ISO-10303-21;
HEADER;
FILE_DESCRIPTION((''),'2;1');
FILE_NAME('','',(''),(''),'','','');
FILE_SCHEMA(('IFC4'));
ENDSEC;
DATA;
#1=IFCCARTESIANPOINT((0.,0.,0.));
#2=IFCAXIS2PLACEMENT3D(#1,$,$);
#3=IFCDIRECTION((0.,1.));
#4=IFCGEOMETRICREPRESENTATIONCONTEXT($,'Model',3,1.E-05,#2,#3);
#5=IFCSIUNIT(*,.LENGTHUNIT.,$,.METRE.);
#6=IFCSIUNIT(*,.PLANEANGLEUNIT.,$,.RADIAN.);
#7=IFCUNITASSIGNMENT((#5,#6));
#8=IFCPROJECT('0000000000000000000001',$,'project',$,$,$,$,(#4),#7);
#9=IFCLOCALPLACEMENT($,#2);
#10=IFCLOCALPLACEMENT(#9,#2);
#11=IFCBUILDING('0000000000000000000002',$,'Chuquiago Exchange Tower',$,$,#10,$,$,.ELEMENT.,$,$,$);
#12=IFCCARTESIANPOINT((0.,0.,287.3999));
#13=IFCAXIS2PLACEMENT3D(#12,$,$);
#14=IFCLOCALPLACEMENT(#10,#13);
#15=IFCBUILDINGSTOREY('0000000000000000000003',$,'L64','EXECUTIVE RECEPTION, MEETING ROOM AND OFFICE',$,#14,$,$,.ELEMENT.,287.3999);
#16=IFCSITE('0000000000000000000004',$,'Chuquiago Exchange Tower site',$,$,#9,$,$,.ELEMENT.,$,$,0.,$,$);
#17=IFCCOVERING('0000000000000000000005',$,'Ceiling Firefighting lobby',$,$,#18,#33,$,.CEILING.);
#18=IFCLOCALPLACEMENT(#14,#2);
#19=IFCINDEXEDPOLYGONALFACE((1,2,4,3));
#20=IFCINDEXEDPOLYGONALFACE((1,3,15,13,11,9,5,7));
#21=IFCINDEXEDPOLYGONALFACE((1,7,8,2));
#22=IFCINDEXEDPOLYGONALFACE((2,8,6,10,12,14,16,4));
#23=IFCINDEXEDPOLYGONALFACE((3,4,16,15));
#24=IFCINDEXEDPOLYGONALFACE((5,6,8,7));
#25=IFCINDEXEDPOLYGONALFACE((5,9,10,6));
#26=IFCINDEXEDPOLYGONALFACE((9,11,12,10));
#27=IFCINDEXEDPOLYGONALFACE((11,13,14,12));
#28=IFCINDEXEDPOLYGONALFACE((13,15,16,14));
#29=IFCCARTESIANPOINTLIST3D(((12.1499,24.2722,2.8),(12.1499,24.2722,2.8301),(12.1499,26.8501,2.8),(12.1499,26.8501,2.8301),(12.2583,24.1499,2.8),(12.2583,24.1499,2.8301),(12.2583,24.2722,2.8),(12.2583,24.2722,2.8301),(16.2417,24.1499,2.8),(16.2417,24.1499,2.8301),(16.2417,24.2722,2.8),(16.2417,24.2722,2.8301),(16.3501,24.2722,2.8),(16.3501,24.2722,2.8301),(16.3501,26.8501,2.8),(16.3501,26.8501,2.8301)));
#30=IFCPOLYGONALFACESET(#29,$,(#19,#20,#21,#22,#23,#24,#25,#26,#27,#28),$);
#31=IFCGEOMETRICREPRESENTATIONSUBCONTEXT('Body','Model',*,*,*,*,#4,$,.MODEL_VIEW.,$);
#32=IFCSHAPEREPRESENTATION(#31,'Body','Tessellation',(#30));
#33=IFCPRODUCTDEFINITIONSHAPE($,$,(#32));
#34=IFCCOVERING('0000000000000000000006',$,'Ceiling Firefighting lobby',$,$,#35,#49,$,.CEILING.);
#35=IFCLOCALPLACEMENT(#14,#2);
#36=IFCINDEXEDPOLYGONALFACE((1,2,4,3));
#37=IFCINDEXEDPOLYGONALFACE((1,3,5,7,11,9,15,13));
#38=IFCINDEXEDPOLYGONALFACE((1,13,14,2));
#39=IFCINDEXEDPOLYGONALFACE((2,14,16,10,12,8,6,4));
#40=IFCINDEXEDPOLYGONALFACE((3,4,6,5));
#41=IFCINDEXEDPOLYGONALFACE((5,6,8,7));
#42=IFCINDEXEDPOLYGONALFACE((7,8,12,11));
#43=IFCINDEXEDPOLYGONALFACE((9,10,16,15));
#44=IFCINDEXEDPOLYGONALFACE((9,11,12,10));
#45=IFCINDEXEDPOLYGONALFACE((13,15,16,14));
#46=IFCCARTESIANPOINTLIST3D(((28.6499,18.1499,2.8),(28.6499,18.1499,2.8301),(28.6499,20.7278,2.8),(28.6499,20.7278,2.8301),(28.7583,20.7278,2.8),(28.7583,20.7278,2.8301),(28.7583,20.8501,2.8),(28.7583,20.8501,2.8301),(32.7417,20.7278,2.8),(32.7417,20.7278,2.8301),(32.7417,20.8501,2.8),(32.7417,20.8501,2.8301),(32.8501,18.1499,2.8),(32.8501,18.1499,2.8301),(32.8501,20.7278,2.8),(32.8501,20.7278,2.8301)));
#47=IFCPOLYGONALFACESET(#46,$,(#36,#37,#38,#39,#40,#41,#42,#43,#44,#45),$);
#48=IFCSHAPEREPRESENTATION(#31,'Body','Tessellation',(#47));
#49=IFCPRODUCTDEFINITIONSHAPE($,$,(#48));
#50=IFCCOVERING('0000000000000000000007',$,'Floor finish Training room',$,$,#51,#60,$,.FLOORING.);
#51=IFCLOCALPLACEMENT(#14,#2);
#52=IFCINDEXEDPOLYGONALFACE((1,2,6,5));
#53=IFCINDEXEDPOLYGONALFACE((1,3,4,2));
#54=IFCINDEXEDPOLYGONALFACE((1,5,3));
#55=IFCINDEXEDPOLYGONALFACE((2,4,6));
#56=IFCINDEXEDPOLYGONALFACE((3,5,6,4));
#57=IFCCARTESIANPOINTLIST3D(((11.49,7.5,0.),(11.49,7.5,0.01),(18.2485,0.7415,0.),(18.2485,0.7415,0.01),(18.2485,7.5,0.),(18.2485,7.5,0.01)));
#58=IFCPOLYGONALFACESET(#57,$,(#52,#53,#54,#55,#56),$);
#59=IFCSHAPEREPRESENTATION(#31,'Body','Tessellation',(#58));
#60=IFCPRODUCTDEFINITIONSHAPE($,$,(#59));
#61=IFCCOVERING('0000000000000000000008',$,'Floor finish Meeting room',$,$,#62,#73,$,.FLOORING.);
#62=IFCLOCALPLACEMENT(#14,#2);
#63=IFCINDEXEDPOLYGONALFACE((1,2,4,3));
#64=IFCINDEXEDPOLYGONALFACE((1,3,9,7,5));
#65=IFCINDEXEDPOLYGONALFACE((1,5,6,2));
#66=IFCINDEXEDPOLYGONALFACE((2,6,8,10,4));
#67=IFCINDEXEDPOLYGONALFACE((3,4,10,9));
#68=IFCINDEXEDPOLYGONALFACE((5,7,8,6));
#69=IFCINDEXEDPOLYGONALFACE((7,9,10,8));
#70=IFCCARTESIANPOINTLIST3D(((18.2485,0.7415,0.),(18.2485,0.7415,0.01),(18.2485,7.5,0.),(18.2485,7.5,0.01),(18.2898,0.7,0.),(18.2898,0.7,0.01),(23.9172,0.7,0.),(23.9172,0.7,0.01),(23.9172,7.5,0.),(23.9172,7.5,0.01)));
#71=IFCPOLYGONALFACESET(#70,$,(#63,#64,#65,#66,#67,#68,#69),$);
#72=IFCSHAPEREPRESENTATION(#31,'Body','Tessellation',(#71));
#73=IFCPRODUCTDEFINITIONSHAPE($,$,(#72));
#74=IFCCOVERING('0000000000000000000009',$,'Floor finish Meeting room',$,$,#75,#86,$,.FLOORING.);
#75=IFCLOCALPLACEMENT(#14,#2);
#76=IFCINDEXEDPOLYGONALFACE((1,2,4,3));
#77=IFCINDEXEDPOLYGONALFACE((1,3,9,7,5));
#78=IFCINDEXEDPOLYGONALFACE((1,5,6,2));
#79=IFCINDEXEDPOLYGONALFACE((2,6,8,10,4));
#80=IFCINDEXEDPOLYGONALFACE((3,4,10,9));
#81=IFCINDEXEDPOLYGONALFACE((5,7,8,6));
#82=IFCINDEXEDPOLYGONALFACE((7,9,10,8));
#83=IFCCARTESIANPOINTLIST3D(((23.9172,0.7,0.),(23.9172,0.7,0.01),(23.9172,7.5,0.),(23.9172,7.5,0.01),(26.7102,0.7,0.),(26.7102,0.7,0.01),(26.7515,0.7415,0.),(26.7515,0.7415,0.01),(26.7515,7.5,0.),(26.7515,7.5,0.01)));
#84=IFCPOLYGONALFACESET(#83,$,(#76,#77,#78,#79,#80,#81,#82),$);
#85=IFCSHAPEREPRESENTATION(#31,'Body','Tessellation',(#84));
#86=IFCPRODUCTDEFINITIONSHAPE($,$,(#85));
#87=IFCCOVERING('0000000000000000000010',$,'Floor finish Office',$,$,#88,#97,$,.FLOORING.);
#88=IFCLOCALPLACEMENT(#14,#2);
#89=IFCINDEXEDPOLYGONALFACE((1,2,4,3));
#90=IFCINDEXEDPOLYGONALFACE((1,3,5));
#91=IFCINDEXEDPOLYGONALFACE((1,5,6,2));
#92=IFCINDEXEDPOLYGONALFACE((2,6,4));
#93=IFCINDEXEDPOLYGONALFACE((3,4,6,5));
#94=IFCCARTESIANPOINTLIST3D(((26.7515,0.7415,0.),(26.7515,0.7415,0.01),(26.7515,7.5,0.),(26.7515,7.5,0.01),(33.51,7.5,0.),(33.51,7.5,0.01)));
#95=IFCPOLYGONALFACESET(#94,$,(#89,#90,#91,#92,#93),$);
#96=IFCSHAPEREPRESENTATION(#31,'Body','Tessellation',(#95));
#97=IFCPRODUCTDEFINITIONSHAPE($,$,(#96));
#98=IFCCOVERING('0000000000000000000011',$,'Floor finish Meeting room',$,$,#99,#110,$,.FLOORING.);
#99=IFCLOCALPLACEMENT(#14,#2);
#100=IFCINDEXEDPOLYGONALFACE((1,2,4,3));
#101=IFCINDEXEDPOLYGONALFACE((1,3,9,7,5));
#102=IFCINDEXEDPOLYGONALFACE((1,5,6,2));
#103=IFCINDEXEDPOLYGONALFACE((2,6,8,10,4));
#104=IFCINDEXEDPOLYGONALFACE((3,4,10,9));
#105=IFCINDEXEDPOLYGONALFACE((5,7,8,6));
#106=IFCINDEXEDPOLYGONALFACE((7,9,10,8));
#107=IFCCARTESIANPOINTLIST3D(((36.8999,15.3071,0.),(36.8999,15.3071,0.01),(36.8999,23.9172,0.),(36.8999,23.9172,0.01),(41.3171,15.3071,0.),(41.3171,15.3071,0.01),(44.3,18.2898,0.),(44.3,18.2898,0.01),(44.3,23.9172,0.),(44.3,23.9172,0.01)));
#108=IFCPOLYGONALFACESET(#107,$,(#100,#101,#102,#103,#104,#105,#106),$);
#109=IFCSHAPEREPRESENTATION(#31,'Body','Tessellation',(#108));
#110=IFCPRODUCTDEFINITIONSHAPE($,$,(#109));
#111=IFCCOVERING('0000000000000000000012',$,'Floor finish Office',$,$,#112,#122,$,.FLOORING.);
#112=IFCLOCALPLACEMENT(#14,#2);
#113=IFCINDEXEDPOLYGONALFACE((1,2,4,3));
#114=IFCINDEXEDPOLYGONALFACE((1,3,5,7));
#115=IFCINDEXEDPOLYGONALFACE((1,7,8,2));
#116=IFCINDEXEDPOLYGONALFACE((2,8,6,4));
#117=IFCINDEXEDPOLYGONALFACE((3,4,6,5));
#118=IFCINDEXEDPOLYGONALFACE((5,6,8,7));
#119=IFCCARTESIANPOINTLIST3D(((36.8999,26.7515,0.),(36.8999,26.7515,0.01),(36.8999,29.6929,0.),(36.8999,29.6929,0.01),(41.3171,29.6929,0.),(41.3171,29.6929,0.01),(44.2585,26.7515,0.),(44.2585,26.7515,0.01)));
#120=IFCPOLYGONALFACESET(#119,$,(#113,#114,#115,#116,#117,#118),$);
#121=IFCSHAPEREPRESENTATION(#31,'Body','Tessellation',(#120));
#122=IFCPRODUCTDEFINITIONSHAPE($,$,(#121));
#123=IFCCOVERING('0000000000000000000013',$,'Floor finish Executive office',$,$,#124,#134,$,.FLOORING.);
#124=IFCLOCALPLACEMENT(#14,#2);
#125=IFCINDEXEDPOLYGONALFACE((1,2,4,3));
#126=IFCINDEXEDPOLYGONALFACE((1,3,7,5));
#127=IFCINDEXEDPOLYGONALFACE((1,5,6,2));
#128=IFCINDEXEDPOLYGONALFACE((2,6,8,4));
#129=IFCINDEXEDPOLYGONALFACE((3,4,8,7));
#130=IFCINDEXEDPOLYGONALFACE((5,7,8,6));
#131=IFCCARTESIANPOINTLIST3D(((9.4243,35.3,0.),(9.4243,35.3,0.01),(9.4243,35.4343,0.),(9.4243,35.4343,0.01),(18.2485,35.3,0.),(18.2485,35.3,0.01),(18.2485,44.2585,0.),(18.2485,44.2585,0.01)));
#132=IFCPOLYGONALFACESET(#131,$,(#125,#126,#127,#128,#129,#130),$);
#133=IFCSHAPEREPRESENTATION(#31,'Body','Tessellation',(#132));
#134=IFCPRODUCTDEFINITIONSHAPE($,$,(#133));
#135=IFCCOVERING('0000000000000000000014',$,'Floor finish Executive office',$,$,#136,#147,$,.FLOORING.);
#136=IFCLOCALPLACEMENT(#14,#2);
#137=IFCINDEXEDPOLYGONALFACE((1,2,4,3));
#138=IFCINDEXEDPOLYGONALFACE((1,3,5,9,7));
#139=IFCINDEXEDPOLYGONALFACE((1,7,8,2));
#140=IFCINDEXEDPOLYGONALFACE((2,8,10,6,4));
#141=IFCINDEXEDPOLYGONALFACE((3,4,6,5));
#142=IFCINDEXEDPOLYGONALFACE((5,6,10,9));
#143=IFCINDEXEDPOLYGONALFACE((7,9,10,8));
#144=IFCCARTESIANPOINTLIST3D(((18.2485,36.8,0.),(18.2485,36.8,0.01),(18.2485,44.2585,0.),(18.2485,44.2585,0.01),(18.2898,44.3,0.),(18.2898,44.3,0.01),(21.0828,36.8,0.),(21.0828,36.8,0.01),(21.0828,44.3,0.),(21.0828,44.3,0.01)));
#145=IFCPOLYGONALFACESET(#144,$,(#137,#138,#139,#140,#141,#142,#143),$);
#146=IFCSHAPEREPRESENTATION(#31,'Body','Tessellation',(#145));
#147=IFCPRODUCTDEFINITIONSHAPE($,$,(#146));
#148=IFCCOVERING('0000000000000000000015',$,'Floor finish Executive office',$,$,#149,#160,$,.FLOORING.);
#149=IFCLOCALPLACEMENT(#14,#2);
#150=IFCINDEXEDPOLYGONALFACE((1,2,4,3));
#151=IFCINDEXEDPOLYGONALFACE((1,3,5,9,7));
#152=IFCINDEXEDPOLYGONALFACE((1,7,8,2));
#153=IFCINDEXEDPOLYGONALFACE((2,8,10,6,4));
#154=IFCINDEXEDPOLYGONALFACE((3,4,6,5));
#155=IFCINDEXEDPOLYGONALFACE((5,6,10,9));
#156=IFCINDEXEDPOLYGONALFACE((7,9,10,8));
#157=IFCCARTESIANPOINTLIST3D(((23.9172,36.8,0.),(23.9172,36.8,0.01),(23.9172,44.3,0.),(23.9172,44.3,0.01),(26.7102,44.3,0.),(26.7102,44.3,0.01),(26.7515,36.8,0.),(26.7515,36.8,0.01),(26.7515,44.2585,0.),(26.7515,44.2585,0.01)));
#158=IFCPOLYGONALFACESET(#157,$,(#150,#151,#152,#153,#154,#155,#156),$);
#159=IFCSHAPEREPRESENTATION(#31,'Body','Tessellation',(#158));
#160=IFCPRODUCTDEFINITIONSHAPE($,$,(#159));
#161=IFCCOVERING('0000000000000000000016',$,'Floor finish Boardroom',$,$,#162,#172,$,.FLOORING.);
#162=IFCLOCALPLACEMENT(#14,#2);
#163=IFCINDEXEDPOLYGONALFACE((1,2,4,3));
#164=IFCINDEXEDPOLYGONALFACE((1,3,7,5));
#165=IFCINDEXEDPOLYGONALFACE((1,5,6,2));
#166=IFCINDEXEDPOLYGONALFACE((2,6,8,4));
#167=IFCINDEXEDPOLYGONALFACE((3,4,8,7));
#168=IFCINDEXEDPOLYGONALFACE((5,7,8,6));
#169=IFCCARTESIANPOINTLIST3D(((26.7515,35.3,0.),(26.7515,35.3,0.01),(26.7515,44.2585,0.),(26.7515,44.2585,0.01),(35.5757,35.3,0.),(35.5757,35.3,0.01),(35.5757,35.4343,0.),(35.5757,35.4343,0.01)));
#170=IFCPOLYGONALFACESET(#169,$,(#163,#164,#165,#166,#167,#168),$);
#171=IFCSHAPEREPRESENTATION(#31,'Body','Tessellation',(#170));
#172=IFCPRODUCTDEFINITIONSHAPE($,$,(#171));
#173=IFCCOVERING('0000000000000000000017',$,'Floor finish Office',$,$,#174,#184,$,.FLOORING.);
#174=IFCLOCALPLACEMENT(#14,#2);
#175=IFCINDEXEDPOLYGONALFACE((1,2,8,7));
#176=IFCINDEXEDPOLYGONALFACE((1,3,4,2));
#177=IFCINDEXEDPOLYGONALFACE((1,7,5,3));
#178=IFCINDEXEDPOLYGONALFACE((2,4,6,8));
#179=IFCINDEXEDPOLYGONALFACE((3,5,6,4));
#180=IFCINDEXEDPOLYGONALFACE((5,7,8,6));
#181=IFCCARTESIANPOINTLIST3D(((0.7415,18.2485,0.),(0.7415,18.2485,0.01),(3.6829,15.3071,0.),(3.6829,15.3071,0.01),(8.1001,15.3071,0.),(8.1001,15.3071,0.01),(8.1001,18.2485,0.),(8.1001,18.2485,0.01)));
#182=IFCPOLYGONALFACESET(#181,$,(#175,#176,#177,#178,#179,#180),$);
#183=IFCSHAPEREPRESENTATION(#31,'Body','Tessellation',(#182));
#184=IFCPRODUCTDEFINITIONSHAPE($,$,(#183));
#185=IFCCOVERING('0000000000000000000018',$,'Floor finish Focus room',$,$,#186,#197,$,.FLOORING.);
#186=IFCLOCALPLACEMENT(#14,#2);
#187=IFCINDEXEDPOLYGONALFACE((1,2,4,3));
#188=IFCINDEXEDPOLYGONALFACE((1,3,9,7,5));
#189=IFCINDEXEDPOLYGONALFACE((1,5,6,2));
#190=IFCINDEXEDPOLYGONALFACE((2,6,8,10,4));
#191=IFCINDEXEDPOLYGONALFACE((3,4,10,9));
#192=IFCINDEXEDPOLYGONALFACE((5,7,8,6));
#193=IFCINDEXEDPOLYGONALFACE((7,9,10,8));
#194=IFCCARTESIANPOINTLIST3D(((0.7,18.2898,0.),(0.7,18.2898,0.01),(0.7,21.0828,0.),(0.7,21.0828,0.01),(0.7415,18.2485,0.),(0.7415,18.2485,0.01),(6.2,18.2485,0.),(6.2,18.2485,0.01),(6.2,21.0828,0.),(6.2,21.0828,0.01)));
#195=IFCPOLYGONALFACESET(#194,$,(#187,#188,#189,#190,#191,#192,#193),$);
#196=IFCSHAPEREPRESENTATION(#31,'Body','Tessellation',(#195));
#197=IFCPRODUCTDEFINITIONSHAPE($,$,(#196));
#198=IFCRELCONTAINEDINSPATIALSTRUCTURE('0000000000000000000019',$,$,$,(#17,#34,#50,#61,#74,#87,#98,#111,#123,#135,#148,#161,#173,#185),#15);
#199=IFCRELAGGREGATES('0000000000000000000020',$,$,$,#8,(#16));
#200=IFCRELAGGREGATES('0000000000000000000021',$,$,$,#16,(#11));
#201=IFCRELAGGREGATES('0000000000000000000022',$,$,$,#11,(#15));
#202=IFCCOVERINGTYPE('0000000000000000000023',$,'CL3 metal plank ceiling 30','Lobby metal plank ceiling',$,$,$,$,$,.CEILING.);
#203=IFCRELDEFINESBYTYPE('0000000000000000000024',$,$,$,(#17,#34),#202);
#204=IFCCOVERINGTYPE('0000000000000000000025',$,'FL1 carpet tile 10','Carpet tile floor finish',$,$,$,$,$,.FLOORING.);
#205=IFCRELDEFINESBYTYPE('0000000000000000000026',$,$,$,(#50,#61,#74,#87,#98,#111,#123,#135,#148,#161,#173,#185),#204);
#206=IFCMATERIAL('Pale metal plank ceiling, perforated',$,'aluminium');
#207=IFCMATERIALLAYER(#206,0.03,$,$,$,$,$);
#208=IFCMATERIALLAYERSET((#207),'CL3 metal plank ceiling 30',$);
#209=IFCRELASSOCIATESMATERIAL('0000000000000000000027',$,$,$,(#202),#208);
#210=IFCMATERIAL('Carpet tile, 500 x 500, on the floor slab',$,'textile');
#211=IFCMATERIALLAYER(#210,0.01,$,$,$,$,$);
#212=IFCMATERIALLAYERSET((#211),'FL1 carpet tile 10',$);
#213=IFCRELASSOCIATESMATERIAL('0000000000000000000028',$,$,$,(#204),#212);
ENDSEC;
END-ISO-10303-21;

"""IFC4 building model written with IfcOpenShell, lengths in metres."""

from ifc_helpers import new_model, si_unit, direction, frame, origin, place, context, subcontext, project, spatial, polyline, outline, extrude, material, layer, layer_set, type_object, element, save


model = new_model("IFC4")

# Units and contexts
model_context = context("Model", 3, precision=1e-05, world=origin(), true_north=direction((0.0, 1.0)))
body_context = subcontext(model_context, "Body", "Model", "MODEL_VIEW")
ifc_project = project(units=[si_unit("LENGTHUNIT", "METRE"), si_unit("PLANEANGLEUNIT", "RADIAN")], contexts=[model_context])

# Site, building, storey
site_placement = place(None, origin())
site = spatial("IfcSite", under=ifc_project, at=site_placement, Name="Chuquiago Exchange Tower site", CompositionType="ELEMENT", RefElevation=0.0)
building_placement = place(site_placement, origin())
building = spatial("IfcBuilding", under=site, at=building_placement, Name="Chuquiago Exchange Tower", CompositionType="ELEMENT")
storey_placement = place(building_placement, frame((0.0, 0.0, 287.3999)))
storey = spatial("IfcBuildingStorey", under=building, at=storey_placement, Name="L64", Description="EXECUTIVE RECEPTION, MEETING ROOM AND OFFICE", CompositionType="ELEMENT", Elevation=287.3999)

# Coverings
ifc_material_1 = material(Name="Pale metal plank ceiling, perforated", Category="aluminium")
ifc_layer_1 = layer(ifc_material_1, 0.03)
ifc_layer_set_1 = layer_set([ifc_layer_1], Name="CL3 metal plank ceiling 30")
covering_type_1 = type_object("IfcCoveringType", Name="CL3 metal plank ceiling 30", Description="Lobby metal plank ceiling", PredefinedType="CEILING", material=ifc_layer_set_1)
covering_1_placement = place(storey_placement, frame((0.0, 0.0, 2.8)))
element("IfcCovering", 1, at=covering_1_placement, inside=storey, type_object=covering_type_1, Name="Ceiling Firefighting lobby", PredefinedType="CEILING", context=body_context, shape_type="SweptSolid", body=[
    extrude(outline(polyline([(12.2583, 24.1499), (12.2583, 24.2722), (12.1499, 24.2722), (12.1499, 26.8501), (16.3501, 26.8501), (16.3501, 24.2722), (16.2417, 24.2722), (16.2417, 24.1499), (12.2583, 24.1499)])), origin(), (0.0, 0.0, 1.0), 0.03),
])
covering_2_placement = place(storey_placement, frame((0.0, 0.0, 2.8)))
element("IfcCovering", 2, at=covering_2_placement, inside=storey, type_object=covering_type_1, Name="Ceiling Firefighting lobby", PredefinedType="CEILING", context=body_context, shape_type="SweptSolid", body=[
    extrude(outline(polyline([(28.6499, 18.1499), (28.6499, 20.7278), (28.7583, 20.7278), (28.7583, 20.8501), (32.7417, 20.8501), (32.7417, 20.7278), (32.8501, 20.7278), (32.8501, 18.1499), (28.6499, 18.1499)])), origin(), (0.0, 0.0, 1.0), 0.03),
])
ifc_material_2 = material(Name="Carpet tile, 500 x 500, on the floor slab", Category="textile")
ifc_layer_2 = layer(ifc_material_2, 0.01)
ifc_layer_set_2 = layer_set([ifc_layer_2], Name="FL1 carpet tile 10")
covering_type_2 = type_object("IfcCoveringType", Name="FL1 carpet tile 10", Description="Carpet tile floor finish", PredefinedType="FLOORING", material=ifc_layer_set_2)
covering_3_placement = place(storey_placement, origin())
element("IfcCovering", 3, at=covering_3_placement, inside=storey, type_object=covering_type_2, Name="Floor finish Training room", PredefinedType="FLOORING", context=body_context, shape_type="SweptSolid", body=[
    extrude(outline(polyline([(11.49, 7.5), (18.2485, 7.5), (18.2485, 0.7415), (11.49, 7.5)])), origin(), (0.0, 0.0, 1.0), 0.01),
])
covering_4_placement = place(storey_placement, origin())
element("IfcCovering", 4, at=covering_4_placement, inside=storey, type_object=covering_type_2, Name="Floor finish Meeting room", PredefinedType="FLOORING", context=body_context, shape_type="SweptSolid", body=[
    extrude(outline(polyline([(18.2898, 0.7), (18.2485, 0.7415), (18.2485, 7.5), (23.9172, 7.5), (23.9172, 0.7), (18.2898, 0.7)])), origin(), (0.0, 0.0, 1.0), 0.01),
])
covering_5_placement = place(storey_placement, origin())
element("IfcCovering", 5, at=covering_5_placement, inside=storey, type_object=covering_type_2, Name="Floor finish Meeting room", PredefinedType="FLOORING", context=body_context, shape_type="SweptSolid", body=[
    extrude(outline(polyline([(26.7102, 0.7), (23.9172, 0.7), (23.9172, 7.5), (26.7515, 7.5), (26.7515, 0.7415), (26.7102, 0.7)])), origin(), (0.0, 0.0, 1.0), 0.01),
])
covering_6_placement = place(storey_placement, origin())
element("IfcCovering", 6, at=covering_6_placement, inside=storey, type_object=covering_type_2, Name="Floor finish Office", PredefinedType="FLOORING", context=body_context, shape_type="SweptSolid", body=[
    extrude(outline(polyline([(26.7515, 0.7415), (26.7515, 7.5), (33.51, 7.5), (26.7515, 0.7415)])), origin(), (0.0, 0.0, 1.0), 0.01),
])
covering_7_placement = place(storey_placement, origin())
element("IfcCovering", 7, at=covering_7_placement, inside=storey, type_object=covering_type_2, Name="Floor finish Meeting room", PredefinedType="FLOORING", context=body_context, shape_type="SweptSolid", body=[
    extrude(outline(polyline([(44.3, 18.2898), (41.3171, 15.3071), (36.8999, 15.3071), (36.8999, 23.9172), (44.3, 23.9172), (44.3, 18.2898)])), origin(), (0.0, 0.0, 1.0), 0.01),
])
covering_8_placement = place(storey_placement, origin())
element("IfcCovering", 8, at=covering_8_placement, inside=storey, type_object=covering_type_2, Name="Floor finish Office", PredefinedType="FLOORING", context=body_context, shape_type="SweptSolid", body=[
    extrude(outline(polyline([(44.2585, 26.7515), (36.8999, 26.7515), (36.8999, 29.6929), (41.3171, 29.6929), (44.2585, 26.7515)])), origin(), (0.0, 0.0, 1.0), 0.01),
])
covering_9_placement = place(storey_placement, origin())
element("IfcCovering", 9, at=covering_9_placement, inside=storey, type_object=covering_type_2, Name="Floor finish Executive office", PredefinedType="FLOORING", context=body_context, shape_type="SweptSolid", body=[
    extrude(outline(polyline([(18.2485, 44.2585), (18.2485, 35.3), (9.4243, 35.3), (9.4243, 35.4343), (18.2485, 44.2585)])), origin(), (0.0, 0.0, 1.0), 0.01),
])
covering_10_placement = place(storey_placement, origin())
element("IfcCovering", 10, at=covering_10_placement, inside=storey, type_object=covering_type_2, Name="Floor finish Executive office", PredefinedType="FLOORING", context=body_context, shape_type="SweptSolid", body=[
    extrude(outline(polyline([(18.2898, 44.3), (21.0828, 44.3), (21.0828, 36.8), (18.2485, 36.8), (18.2485, 44.2585), (18.2898, 44.3)])), origin(), (0.0, 0.0, 1.0), 0.01),
])
covering_11_placement = place(storey_placement, origin())
element("IfcCovering", 11, at=covering_11_placement, inside=storey, type_object=covering_type_2, Name="Floor finish Executive office", PredefinedType="FLOORING", context=body_context, shape_type="SweptSolid", body=[
    extrude(outline(polyline([(26.7102, 44.3), (26.7515, 44.2585), (26.7515, 36.8), (23.9172, 36.8), (23.9172, 44.3), (26.7102, 44.3)])), origin(), (0.0, 0.0, 1.0), 0.01),
])
covering_12_placement = place(storey_placement, origin())
element("IfcCovering", 12, at=covering_12_placement, inside=storey, type_object=covering_type_2, Name="Floor finish Boardroom", PredefinedType="FLOORING", context=body_context, shape_type="SweptSolid", body=[
    extrude(outline(polyline([(35.5757, 35.4343), (35.5757, 35.3), (26.7515, 35.3), (26.7515, 44.2585), (35.5757, 35.4343)])), origin(), (0.0, 0.0, 1.0), 0.01),
])
covering_13_placement = place(storey_placement, origin())
element("IfcCovering", 13, at=covering_13_placement, inside=storey, type_object=covering_type_2, Name="Floor finish Office", PredefinedType="FLOORING", context=body_context, shape_type="SweptSolid", body=[
    extrude(outline(polyline([(0.7415, 18.2485), (8.1001, 18.2485), (8.1001, 15.3071), (3.6829, 15.3071), (0.7415, 18.2485)])), origin(), (0.0, 0.0, 1.0), 0.01),
])
covering_14_placement = place(storey_placement, origin())
element("IfcCovering", 14, at=covering_14_placement, inside=storey, type_object=covering_type_2, Name="Floor finish Focus room", PredefinedType="FLOORING", context=body_context, shape_type="SweptSolid", body=[
    extrude(outline(polyline([(0.7, 21.0828), (6.2, 21.0828), (6.2, 18.2485), (0.7415, 18.2485), (0.7, 18.2898), (0.7, 21.0828)])), origin(), (0.0, 0.0, 1.0), 0.01),
])

save(model, "model.ifc")
